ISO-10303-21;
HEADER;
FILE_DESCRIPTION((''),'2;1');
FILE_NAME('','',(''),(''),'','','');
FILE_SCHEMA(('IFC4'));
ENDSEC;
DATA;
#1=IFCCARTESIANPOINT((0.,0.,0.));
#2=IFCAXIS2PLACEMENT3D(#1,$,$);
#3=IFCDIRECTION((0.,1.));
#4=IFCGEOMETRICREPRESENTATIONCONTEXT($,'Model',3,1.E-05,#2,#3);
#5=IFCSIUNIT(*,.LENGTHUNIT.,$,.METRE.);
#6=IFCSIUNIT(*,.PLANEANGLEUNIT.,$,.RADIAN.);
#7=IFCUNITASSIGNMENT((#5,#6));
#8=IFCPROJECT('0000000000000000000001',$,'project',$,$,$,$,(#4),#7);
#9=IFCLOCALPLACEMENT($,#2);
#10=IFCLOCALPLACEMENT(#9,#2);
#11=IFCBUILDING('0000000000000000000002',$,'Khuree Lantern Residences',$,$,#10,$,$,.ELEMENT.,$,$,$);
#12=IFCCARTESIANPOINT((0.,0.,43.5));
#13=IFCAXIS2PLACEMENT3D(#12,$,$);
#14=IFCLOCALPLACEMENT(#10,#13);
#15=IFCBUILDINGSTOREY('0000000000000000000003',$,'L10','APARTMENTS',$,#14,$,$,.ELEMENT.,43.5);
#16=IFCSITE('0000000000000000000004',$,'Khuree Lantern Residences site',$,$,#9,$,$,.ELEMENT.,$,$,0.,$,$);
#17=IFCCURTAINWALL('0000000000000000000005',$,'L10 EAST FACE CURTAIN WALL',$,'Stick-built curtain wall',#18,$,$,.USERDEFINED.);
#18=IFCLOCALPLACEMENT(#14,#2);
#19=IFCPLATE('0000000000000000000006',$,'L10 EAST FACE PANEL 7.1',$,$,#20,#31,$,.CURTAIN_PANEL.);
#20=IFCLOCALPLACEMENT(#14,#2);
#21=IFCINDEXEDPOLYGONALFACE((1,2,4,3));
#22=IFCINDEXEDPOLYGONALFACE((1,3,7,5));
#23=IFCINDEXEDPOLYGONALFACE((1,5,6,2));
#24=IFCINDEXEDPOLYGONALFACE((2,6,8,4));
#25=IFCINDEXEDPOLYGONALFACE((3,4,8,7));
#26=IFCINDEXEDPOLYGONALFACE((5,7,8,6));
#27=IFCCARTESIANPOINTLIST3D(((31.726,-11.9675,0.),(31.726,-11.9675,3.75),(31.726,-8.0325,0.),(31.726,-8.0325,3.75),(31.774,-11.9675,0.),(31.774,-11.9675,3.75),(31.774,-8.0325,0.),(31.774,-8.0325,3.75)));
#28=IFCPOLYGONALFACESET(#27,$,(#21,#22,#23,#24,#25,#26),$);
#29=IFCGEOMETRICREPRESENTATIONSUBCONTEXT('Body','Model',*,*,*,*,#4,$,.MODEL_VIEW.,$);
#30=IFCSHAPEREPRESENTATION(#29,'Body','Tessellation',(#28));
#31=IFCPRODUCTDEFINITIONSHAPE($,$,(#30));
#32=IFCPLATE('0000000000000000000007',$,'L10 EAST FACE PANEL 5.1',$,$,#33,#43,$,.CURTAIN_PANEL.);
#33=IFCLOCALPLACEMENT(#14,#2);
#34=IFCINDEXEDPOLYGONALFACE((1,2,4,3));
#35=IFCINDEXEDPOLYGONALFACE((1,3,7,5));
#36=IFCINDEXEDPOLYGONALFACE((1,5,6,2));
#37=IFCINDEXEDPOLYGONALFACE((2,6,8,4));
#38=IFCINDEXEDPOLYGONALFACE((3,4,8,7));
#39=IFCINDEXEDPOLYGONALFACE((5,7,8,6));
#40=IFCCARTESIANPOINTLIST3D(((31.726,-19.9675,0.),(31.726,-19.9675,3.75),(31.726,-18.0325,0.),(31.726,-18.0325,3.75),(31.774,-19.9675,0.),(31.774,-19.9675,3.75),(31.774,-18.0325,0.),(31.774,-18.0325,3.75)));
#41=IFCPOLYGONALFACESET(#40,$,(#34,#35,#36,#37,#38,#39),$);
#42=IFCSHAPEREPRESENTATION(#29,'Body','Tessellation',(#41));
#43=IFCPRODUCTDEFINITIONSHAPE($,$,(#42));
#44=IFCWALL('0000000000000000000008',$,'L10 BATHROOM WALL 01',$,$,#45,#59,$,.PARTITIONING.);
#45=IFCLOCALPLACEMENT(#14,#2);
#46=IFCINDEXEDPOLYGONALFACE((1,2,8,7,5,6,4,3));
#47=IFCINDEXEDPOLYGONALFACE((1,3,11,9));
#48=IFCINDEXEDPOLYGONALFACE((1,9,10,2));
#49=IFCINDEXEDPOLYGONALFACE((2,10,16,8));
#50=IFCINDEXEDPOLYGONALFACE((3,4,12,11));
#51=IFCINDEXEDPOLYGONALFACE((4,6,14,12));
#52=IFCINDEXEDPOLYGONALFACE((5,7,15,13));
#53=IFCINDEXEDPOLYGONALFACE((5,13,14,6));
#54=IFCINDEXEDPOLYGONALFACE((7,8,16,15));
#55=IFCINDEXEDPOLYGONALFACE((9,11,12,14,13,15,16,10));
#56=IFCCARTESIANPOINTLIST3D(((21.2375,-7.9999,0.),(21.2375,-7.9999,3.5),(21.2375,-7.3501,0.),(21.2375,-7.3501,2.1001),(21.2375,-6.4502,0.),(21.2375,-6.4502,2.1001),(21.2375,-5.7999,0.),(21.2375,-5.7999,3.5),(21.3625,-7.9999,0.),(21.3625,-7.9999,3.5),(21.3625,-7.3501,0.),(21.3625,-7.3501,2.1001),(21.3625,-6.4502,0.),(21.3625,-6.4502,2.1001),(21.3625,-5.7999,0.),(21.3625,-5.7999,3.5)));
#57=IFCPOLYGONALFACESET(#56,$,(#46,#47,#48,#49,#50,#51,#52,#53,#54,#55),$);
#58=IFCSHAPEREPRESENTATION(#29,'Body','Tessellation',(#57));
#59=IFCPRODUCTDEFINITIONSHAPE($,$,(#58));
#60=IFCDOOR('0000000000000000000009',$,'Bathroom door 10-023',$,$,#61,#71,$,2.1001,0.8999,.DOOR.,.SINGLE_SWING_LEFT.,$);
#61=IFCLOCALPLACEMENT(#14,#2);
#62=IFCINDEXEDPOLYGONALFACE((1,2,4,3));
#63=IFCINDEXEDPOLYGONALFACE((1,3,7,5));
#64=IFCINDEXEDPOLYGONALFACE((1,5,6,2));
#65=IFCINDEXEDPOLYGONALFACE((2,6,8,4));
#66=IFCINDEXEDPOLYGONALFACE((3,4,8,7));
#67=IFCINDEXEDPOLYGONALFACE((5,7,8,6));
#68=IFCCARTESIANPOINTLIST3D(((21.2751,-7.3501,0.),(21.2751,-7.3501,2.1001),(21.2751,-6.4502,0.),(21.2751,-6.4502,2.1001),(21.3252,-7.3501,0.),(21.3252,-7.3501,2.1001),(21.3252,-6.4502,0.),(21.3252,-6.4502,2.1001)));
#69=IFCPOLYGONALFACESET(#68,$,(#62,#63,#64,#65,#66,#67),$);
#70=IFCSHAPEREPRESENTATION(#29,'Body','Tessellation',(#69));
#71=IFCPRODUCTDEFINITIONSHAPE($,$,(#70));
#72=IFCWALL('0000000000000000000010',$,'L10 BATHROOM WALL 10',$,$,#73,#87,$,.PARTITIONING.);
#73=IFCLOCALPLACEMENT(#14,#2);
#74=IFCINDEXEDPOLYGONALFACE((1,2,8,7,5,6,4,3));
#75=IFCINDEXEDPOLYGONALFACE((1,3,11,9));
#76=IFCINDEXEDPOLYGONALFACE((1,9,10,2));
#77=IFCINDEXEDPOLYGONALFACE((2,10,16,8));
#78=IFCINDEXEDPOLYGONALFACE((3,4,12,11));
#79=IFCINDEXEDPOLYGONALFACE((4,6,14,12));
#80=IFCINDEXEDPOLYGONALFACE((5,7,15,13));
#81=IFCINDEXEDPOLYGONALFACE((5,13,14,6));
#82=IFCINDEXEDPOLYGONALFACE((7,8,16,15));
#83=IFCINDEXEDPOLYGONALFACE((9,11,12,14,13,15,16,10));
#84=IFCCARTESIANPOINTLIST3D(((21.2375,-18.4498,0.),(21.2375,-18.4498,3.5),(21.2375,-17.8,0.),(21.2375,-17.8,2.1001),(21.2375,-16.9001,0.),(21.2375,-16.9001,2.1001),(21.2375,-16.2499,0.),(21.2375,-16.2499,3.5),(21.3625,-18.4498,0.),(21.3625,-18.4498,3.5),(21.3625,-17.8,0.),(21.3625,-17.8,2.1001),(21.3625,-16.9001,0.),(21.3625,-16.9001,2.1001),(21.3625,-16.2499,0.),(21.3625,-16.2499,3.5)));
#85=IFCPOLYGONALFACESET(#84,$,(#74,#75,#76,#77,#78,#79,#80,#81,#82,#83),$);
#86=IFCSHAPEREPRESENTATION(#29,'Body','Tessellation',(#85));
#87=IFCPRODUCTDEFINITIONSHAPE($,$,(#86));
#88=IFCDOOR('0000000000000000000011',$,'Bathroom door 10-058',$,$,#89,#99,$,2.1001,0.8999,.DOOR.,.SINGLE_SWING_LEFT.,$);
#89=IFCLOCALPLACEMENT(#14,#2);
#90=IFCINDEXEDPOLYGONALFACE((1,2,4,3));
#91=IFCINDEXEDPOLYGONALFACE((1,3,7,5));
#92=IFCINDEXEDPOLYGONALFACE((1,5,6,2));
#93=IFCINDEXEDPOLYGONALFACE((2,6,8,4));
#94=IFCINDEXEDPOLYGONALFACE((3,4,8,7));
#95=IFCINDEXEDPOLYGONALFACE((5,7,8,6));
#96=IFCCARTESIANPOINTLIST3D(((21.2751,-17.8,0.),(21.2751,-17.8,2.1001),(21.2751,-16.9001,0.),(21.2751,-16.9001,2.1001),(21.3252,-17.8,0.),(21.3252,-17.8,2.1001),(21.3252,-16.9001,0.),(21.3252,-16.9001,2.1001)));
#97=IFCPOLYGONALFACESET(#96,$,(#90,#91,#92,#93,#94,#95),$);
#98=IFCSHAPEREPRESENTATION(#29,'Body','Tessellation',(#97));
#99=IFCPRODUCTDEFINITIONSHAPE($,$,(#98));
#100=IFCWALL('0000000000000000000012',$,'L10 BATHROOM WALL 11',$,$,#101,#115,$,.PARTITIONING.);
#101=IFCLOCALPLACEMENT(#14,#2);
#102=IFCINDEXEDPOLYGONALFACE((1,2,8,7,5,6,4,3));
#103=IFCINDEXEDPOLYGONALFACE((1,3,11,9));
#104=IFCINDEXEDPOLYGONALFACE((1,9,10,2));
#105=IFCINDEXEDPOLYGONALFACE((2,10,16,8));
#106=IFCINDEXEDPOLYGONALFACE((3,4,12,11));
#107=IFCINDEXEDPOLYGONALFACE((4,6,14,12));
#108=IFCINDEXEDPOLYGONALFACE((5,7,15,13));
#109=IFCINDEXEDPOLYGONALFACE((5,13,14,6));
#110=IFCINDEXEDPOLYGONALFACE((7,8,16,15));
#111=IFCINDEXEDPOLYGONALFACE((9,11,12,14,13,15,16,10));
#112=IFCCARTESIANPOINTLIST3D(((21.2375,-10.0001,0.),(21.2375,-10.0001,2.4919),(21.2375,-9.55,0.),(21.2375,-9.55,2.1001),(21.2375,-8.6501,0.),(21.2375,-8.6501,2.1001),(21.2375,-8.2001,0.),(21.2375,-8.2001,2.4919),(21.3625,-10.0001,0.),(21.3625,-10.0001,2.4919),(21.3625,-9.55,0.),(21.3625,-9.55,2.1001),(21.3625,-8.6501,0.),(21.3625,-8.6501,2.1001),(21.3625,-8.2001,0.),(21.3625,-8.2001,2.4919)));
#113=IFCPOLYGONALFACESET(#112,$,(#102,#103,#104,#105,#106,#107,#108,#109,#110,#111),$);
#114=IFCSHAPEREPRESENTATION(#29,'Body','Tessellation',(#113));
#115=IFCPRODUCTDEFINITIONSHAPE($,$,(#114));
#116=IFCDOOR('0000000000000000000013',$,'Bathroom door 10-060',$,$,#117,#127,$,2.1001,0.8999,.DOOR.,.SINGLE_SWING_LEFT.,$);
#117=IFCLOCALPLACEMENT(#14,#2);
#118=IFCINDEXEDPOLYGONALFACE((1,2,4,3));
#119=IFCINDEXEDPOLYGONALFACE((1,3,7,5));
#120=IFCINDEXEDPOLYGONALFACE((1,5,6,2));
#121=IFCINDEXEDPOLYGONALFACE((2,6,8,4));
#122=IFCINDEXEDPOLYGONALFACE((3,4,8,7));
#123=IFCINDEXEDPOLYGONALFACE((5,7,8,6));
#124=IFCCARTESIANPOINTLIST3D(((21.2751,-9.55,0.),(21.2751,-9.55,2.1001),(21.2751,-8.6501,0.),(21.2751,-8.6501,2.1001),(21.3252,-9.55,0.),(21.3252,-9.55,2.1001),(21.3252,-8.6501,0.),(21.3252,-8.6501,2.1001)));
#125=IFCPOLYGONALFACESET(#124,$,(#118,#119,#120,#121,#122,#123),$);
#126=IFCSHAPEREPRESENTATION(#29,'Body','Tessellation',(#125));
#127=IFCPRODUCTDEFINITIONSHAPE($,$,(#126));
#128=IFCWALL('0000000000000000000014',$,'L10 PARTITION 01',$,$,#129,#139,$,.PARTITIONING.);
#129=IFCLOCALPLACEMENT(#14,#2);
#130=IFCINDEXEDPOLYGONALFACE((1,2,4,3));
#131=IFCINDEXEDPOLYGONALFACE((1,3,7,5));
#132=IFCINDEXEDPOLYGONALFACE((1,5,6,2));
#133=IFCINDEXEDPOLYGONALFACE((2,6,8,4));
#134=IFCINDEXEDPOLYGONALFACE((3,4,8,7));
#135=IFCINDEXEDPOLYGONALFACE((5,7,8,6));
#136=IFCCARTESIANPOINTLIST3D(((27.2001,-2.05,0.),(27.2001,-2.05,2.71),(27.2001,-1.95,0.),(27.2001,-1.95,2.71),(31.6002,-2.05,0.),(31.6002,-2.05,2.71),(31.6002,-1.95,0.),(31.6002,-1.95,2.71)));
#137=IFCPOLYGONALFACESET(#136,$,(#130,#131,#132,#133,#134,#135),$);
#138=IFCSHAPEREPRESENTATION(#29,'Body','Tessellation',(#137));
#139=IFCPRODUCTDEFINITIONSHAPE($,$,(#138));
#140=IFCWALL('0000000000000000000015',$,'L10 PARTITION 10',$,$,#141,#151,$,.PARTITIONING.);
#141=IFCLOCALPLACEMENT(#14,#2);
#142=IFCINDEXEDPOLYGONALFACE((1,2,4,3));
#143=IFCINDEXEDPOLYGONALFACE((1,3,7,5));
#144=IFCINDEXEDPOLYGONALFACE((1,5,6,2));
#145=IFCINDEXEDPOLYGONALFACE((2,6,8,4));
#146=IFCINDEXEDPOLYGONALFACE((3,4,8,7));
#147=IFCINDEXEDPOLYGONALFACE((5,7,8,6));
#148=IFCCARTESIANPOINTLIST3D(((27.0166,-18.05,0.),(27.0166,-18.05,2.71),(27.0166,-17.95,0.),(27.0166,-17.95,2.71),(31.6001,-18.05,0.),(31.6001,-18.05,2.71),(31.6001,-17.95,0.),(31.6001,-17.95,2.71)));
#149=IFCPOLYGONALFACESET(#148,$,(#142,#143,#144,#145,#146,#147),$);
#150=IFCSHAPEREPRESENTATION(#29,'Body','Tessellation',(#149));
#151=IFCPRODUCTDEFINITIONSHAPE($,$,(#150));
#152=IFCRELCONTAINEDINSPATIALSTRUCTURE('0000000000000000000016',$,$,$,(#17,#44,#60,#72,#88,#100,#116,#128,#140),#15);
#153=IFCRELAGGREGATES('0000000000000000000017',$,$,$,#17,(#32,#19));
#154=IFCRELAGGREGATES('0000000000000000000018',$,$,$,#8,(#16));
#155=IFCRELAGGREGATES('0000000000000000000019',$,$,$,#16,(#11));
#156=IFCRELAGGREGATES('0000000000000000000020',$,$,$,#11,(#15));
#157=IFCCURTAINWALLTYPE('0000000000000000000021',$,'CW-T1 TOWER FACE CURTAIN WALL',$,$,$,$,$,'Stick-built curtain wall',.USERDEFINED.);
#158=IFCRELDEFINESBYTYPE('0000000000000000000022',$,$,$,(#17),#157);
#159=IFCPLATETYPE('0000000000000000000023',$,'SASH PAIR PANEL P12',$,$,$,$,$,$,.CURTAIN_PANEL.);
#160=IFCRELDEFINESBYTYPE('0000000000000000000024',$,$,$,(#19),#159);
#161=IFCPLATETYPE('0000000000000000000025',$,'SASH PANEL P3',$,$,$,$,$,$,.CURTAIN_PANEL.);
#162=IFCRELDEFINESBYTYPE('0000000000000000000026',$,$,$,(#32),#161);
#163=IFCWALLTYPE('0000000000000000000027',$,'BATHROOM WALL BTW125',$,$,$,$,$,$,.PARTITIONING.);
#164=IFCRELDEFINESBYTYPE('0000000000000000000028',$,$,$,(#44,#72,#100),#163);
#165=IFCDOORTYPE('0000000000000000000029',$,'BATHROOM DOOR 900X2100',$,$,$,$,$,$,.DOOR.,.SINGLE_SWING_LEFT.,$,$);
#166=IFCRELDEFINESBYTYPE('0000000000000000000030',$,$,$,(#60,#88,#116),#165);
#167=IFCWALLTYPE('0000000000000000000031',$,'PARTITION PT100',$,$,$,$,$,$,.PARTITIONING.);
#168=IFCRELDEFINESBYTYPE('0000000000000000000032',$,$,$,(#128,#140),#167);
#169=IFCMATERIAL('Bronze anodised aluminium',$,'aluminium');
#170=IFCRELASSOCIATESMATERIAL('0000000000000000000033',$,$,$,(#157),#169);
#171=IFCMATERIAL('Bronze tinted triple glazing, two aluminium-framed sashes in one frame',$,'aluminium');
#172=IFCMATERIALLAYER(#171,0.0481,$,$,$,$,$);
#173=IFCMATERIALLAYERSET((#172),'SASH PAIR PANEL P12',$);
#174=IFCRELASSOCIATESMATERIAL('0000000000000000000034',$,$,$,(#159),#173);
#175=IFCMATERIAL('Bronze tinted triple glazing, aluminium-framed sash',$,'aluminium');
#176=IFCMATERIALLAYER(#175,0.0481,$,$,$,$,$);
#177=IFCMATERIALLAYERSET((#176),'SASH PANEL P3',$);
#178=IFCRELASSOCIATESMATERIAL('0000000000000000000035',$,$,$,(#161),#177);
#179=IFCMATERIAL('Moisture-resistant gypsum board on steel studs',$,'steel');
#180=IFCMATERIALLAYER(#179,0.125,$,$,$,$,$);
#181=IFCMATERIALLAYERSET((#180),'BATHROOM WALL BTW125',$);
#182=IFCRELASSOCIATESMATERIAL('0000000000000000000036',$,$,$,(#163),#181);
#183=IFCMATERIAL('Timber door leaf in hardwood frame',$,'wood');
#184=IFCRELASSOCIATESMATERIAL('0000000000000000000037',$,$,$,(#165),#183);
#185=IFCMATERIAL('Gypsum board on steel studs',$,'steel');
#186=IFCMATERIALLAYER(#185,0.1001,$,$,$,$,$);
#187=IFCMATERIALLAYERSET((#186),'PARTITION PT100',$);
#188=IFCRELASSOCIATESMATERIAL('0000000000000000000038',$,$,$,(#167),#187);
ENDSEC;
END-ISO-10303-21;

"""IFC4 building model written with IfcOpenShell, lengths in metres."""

from ifc_helpers import new_model, si_unit, direction, frame, frame_2d, origin, origin_2d, place, context, subcontext, project, spatial, rectangle, extrude, material, layer, layer_set, type_object, element, fill, aggregate, save


model = new_model("IFC4")

# Units and contexts
model_context = context("Model", 3, precision=1e-05, world=origin(), true_north=direction((0.0, 1.0)))
body_context = subcontext(model_context, "Body", "Model", "MODEL_VIEW")
ifc_project = project(units=[si_unit("LENGTHUNIT", "METRE"), si_unit("PLANEANGLEUNIT", "RADIAN")], contexts=[model_context])

# Site, building, storey
site_placement = place(None, origin())
site = spatial("IfcSite", under=ifc_project, at=site_placement, Name="Khuree Lantern Residences site", CompositionType="ELEMENT", RefElevation=0.0)
building_placement = place(site_placement, origin())
building = spatial("IfcBuilding", under=site, at=building_placement, Name="Khuree Lantern Residences", CompositionType="ELEMENT")
storey_placement = place(building_placement, frame((0.0, 0.0, 43.5)))
storey = spatial("IfcBuildingStorey", under=building, at=storey_placement, Name="L10", Description="APARTMENTS", CompositionType="ELEMENT", Elevation=43.5)

# Curtain wall
ifc_material_1 = material(Name="Bronze anodised aluminium", Category="aluminium")
curtain_wall_type = type_object("IfcCurtainWallType", Name="CW-T1 TOWER FACE CURTAIN WALL", ElementType="Stick-built curtain wall", PredefinedType="USERDEFINED", material=ifc_material_1)
curtain_wall_placement = place(storey_placement, origin())
curtain_wall = element("IfcCurtainWall", 1, at=curtain_wall_placement, inside=storey, type_object=curtain_wall_type, Name="L10 EAST FACE CURTAIN WALL", ObjectType="Stick-built curtain wall", PredefinedType="USERDEFINED")

# Plates
ifc_material_2 = material(Name="Bronze tinted triple glazing, two aluminium-framed sashes in one frame", Category="aluminium")
ifc_layer_1 = layer(ifc_material_2, 0.0481)
ifc_layer_set_1 = layer_set([ifc_layer_1], Name="SASH PAIR PANEL P12")
plate_type_1 = type_object("IfcPlateType", Name="SASH PAIR PANEL P12", PredefinedType="CURTAIN_PANEL", material=ifc_layer_set_1)
plate_1_placement = place(storey_placement, frame((31.75, -10.0, 0.0), z_axis=(0.0, 0.0, 1.0), x_axis=(0.0, 1.0, 0.0)))
plate_1 = element("IfcPlate", 2, at=plate_1_placement, type_object=plate_type_1, Name="L10 EAST FACE PANEL 7.1", PredefinedType="CURTAIN_PANEL", context=body_context, shape_type="SweptSolid", body=[
    extrude(rectangle(XDim=3.9351, YDim=0.0481, at=origin_2d()), origin(), (0.0, 0.0, 1.0), 3.75),
])
ifc_material_3 = material(Name="Bronze tinted triple glazing, aluminium-framed sash", Category="aluminium")
ifc_layer_2 = layer(ifc_material_3, 0.0481)
ifc_layer_set_2 = layer_set([ifc_layer_2], Name="SASH PANEL P3")
plate_type_2 = type_object("IfcPlateType", Name="SASH PANEL P3", PredefinedType="CURTAIN_PANEL", material=ifc_layer_set_2)
plate_2_placement = place(storey_placement, frame((31.75, -19.0, 0.0), z_axis=(0.0, 0.0, 1.0), x_axis=(0.0, 1.0, 0.0)))
plate_2 = element("IfcPlate", 3, at=plate_2_placement, type_object=plate_type_2, Name="L10 EAST FACE PANEL 5.1", PredefinedType="CURTAIN_PANEL", context=body_context, shape_type="SweptSolid", body=[
    extrude(rectangle(XDim=1.9351, YDim=0.0481, at=origin_2d()), origin(), (0.0, 0.0, 1.0), 3.75),
])
aggregate(curtain_wall, [plate_2, plate_1])

# Walls, openings, doors
ifc_material_4 = material(Name="Moisture-resistant gypsum board on steel studs", Category="steel")
ifc_layer_3 = layer(ifc_material_4, 0.125)
ifc_layer_set_3 = layer_set([ifc_layer_3], Name="BATHROOM WALL BTW125")
wall_type_1 = type_object("IfcWallType", Name="BATHROOM WALL BTW125", PredefinedType="PARTITIONING", material=ifc_layer_set_3)
wall_1_placement = place(storey_placement, frame((21.3, -8.0, 0.0), z_axis=(0.0, 0.0, 1.0), x_axis=(0.0, 1.0, 0.0)))
wall_1 = element("IfcWall", 4, at=wall_1_placement, inside=storey, type_object=wall_type_1, Name="L10 BATHROOM WALL 01", PredefinedType="PARTITIONING", context=body_context, shape_type="SweptSolid", body=[
    extrude(rectangle(XDim=2.2, YDim=0.125, at=frame_2d((1.1001, 0.0))), origin(), (0.0, 0.0, 1.0), 3.5),
])
opening_1_placement = place(wall_1_placement, frame((0.6499, 0.0, 0.0)))
opening_1 = element("IfcOpeningElement", 5, at=opening_1_placement, cuts=wall_1, PredefinedType="OPENING", context=body_context, shape_type="SweptSolid", body=[
    extrude(rectangle(XDim=0.8999, YDim=2.1001, at=frame_2d((0.45, 1.05))), frame((0.0, 0.0725, 0.0), z_axis=(0.0, -1.0, 0.0), x_axis=(1.0, 0.0, 0.0)), (0.0, 0.0, 1.0), 0.145),
])
ifc_material_5 = material(Name="Timber door leaf in hardwood frame", Category="wood")
door_type_1 = type_object("IfcDoorType", Name="BATHROOM DOOR 900X2100", OperationType="SINGLE_SWING_LEFT", PredefinedType="DOOR", material=ifc_material_5)
door_1_placement = place(opening_1_placement, origin())
door_1 = element("IfcDoor", 6, at=door_1_placement, inside=storey, type_object=door_type_1, Name="Bathroom door 10-023", OperationType="SINGLE_SWING_LEFT", OverallHeight=2.1001, OverallWidth=0.8999, PredefinedType="DOOR", context=body_context, shape_type="SweptSolid", body=[
    extrude(rectangle(XDim=0.8999, YDim=2.1001, at=frame_2d((0.45, 1.05))), frame((0.0, 0.0249, 0.0), z_axis=(0.0, -1.0, 0.0), x_axis=(1.0, 0.0, 0.0)), (0.0, 0.0, 1.0), 0.05),
])
fill(opening_1, door_1)
wall_2_placement = place(storey_placement, frame((21.3, -18.45, 0.0), z_axis=(0.0, 0.0, 1.0), x_axis=(0.0, 1.0, 0.0)))
wall_2 = element("IfcWall", 7, at=wall_2_placement, inside=storey, type_object=wall_type_1, Name="L10 BATHROOM WALL 10", PredefinedType="PARTITIONING", context=body_context, shape_type="SweptSolid", body=[
    extrude(rectangle(XDim=2.2, YDim=0.125, at=frame_2d((1.1001, 0.0))), origin(), (0.0, 0.0, 1.0), 3.5),
])
opening_2_placement = place(wall_2_placement, frame((0.6499, 0.0, 0.0)))
opening_2 = element("IfcOpeningElement", 8, at=opening_2_placement, cuts=wall_2, PredefinedType="OPENING", context=body_context, shape_type="SweptSolid", body=[
    extrude(rectangle(XDim=0.8999, YDim=2.1001, at=frame_2d((0.45, 1.05))), frame((0.0, 0.0725, 0.0), z_axis=(0.0, -1.0, 0.0), x_axis=(1.0, 0.0, 0.0)), (0.0, 0.0, 1.0), 0.145),
])
door_2_placement = place(opening_2_placement, origin())
door_2 = element("IfcDoor", 9, at=door_2_placement, inside=storey, type_object=door_type_1, Name="Bathroom door 10-058", OperationType="SINGLE_SWING_LEFT", OverallHeight=2.1001, OverallWidth=0.8999, PredefinedType="DOOR", context=body_context, shape_type="SweptSolid", body=[
    extrude(rectangle(XDim=0.8999, YDim=2.1001, at=frame_2d((0.45, 1.05))), frame((0.0, 0.0249, 0.0), z_axis=(0.0, -1.0, 0.0), x_axis=(1.0, 0.0, 0.0)), (0.0, 0.0, 1.0), 0.05),
])
fill(opening_2, door_2)
wall_3_placement = place(storey_placement, frame((21.3, -10.0, 0.0), z_axis=(0.0, 0.0, 1.0), x_axis=(0.0, 1.0, 0.0)))
wall_3 = element("IfcWall", 10, at=wall_3_placement, inside=storey, type_object=wall_type_1, Name="L10 BATHROOM WALL 11", PredefinedType="PARTITIONING", context=body_context, shape_type="SweptSolid", body=[
    extrude(rectangle(XDim=1.8, YDim=0.125, at=frame_2d((0.8999, 0.0))), origin(), (0.0, 0.0, 1.0), 2.4919),
])
opening_3_placement = place(wall_3_placement, frame((0.45, 0.0, 0.0)))
opening_3 = element("IfcOpeningElement", 11, at=opening_3_placement, cuts=wall_3, PredefinedType="OPENING", context=body_context, shape_type="SweptSolid", body=[
    extrude(rectangle(XDim=0.8999, YDim=2.1001, at=frame_2d((0.45, 1.05))), frame((0.0, 0.0725, 0.0), z_axis=(0.0, -1.0, 0.0), x_axis=(1.0, 0.0, 0.0)), (0.0, 0.0, 1.0), 0.145),
])
door_3_placement = place(opening_3_placement, origin())
door_3 = element("IfcDoor", 12, at=door_3_placement, inside=storey, type_object=door_type_1, Name="Bathroom door 10-060", OperationType="SINGLE_SWING_LEFT", OverallHeight=2.1001, OverallWidth=0.8999, PredefinedType="DOOR", context=body_context, shape_type="SweptSolid", body=[
    extrude(rectangle(XDim=0.8999, YDim=2.1001, at=frame_2d((0.45, 1.05))), frame((0.0, 0.0249, 0.0), z_axis=(0.0, -1.0, 0.0), x_axis=(1.0, 0.0, 0.0)), (0.0, 0.0, 1.0), 0.05),
])
fill(opening_3, door_3)

# Walls
ifc_material_6 = material(Name="Gypsum board on steel studs", Category="steel")
ifc_layer_4 = layer(ifc_material_6, 0.1001)
ifc_layer_set_4 = layer_set([ifc_layer_4], Name="PARTITION PT100")
wall_type_2 = type_object("IfcWallType", Name="PARTITION PT100", PredefinedType="PARTITIONING", material=ifc_layer_set_4)
wall_4_placement = place(storey_placement, frame((27.2, -2.0, 0.0), z_axis=(0.0, 0.0, 1.0), x_axis=(1.0, 0.0, 0.0)))
element("IfcWall", 13, at=wall_4_placement, inside=storey, type_object=wall_type_2, Name="L10 PARTITION 01", PredefinedType="PARTITIONING", context=body_context, shape_type="SweptSolid", body=[
    extrude(rectangle(XDim=4.4001, YDim=0.1001, at=frame_2d((2.2002, 0.0))), origin(), (0.0, 0.0, 1.0), 2.71),
])
wall_5_placement = place(storey_placement, frame((27.0166, -18.0, 0.0), z_axis=(0.0, 0.0, 1.0), x_axis=(1.0, 0.0, 0.0)))
element("IfcWall", 14, at=wall_5_placement, inside=storey, type_object=wall_type_2, Name="L10 PARTITION 10", PredefinedType="PARTITIONING", context=body_context, shape_type="SweptSolid", body=[
    extrude(rectangle(XDim=4.5835, YDim=0.1001, at=frame_2d((2.2917, 0.0))), origin(), (0.0, 0.0, 1.0), 2.71),
])

save(model, "model.ifc")
